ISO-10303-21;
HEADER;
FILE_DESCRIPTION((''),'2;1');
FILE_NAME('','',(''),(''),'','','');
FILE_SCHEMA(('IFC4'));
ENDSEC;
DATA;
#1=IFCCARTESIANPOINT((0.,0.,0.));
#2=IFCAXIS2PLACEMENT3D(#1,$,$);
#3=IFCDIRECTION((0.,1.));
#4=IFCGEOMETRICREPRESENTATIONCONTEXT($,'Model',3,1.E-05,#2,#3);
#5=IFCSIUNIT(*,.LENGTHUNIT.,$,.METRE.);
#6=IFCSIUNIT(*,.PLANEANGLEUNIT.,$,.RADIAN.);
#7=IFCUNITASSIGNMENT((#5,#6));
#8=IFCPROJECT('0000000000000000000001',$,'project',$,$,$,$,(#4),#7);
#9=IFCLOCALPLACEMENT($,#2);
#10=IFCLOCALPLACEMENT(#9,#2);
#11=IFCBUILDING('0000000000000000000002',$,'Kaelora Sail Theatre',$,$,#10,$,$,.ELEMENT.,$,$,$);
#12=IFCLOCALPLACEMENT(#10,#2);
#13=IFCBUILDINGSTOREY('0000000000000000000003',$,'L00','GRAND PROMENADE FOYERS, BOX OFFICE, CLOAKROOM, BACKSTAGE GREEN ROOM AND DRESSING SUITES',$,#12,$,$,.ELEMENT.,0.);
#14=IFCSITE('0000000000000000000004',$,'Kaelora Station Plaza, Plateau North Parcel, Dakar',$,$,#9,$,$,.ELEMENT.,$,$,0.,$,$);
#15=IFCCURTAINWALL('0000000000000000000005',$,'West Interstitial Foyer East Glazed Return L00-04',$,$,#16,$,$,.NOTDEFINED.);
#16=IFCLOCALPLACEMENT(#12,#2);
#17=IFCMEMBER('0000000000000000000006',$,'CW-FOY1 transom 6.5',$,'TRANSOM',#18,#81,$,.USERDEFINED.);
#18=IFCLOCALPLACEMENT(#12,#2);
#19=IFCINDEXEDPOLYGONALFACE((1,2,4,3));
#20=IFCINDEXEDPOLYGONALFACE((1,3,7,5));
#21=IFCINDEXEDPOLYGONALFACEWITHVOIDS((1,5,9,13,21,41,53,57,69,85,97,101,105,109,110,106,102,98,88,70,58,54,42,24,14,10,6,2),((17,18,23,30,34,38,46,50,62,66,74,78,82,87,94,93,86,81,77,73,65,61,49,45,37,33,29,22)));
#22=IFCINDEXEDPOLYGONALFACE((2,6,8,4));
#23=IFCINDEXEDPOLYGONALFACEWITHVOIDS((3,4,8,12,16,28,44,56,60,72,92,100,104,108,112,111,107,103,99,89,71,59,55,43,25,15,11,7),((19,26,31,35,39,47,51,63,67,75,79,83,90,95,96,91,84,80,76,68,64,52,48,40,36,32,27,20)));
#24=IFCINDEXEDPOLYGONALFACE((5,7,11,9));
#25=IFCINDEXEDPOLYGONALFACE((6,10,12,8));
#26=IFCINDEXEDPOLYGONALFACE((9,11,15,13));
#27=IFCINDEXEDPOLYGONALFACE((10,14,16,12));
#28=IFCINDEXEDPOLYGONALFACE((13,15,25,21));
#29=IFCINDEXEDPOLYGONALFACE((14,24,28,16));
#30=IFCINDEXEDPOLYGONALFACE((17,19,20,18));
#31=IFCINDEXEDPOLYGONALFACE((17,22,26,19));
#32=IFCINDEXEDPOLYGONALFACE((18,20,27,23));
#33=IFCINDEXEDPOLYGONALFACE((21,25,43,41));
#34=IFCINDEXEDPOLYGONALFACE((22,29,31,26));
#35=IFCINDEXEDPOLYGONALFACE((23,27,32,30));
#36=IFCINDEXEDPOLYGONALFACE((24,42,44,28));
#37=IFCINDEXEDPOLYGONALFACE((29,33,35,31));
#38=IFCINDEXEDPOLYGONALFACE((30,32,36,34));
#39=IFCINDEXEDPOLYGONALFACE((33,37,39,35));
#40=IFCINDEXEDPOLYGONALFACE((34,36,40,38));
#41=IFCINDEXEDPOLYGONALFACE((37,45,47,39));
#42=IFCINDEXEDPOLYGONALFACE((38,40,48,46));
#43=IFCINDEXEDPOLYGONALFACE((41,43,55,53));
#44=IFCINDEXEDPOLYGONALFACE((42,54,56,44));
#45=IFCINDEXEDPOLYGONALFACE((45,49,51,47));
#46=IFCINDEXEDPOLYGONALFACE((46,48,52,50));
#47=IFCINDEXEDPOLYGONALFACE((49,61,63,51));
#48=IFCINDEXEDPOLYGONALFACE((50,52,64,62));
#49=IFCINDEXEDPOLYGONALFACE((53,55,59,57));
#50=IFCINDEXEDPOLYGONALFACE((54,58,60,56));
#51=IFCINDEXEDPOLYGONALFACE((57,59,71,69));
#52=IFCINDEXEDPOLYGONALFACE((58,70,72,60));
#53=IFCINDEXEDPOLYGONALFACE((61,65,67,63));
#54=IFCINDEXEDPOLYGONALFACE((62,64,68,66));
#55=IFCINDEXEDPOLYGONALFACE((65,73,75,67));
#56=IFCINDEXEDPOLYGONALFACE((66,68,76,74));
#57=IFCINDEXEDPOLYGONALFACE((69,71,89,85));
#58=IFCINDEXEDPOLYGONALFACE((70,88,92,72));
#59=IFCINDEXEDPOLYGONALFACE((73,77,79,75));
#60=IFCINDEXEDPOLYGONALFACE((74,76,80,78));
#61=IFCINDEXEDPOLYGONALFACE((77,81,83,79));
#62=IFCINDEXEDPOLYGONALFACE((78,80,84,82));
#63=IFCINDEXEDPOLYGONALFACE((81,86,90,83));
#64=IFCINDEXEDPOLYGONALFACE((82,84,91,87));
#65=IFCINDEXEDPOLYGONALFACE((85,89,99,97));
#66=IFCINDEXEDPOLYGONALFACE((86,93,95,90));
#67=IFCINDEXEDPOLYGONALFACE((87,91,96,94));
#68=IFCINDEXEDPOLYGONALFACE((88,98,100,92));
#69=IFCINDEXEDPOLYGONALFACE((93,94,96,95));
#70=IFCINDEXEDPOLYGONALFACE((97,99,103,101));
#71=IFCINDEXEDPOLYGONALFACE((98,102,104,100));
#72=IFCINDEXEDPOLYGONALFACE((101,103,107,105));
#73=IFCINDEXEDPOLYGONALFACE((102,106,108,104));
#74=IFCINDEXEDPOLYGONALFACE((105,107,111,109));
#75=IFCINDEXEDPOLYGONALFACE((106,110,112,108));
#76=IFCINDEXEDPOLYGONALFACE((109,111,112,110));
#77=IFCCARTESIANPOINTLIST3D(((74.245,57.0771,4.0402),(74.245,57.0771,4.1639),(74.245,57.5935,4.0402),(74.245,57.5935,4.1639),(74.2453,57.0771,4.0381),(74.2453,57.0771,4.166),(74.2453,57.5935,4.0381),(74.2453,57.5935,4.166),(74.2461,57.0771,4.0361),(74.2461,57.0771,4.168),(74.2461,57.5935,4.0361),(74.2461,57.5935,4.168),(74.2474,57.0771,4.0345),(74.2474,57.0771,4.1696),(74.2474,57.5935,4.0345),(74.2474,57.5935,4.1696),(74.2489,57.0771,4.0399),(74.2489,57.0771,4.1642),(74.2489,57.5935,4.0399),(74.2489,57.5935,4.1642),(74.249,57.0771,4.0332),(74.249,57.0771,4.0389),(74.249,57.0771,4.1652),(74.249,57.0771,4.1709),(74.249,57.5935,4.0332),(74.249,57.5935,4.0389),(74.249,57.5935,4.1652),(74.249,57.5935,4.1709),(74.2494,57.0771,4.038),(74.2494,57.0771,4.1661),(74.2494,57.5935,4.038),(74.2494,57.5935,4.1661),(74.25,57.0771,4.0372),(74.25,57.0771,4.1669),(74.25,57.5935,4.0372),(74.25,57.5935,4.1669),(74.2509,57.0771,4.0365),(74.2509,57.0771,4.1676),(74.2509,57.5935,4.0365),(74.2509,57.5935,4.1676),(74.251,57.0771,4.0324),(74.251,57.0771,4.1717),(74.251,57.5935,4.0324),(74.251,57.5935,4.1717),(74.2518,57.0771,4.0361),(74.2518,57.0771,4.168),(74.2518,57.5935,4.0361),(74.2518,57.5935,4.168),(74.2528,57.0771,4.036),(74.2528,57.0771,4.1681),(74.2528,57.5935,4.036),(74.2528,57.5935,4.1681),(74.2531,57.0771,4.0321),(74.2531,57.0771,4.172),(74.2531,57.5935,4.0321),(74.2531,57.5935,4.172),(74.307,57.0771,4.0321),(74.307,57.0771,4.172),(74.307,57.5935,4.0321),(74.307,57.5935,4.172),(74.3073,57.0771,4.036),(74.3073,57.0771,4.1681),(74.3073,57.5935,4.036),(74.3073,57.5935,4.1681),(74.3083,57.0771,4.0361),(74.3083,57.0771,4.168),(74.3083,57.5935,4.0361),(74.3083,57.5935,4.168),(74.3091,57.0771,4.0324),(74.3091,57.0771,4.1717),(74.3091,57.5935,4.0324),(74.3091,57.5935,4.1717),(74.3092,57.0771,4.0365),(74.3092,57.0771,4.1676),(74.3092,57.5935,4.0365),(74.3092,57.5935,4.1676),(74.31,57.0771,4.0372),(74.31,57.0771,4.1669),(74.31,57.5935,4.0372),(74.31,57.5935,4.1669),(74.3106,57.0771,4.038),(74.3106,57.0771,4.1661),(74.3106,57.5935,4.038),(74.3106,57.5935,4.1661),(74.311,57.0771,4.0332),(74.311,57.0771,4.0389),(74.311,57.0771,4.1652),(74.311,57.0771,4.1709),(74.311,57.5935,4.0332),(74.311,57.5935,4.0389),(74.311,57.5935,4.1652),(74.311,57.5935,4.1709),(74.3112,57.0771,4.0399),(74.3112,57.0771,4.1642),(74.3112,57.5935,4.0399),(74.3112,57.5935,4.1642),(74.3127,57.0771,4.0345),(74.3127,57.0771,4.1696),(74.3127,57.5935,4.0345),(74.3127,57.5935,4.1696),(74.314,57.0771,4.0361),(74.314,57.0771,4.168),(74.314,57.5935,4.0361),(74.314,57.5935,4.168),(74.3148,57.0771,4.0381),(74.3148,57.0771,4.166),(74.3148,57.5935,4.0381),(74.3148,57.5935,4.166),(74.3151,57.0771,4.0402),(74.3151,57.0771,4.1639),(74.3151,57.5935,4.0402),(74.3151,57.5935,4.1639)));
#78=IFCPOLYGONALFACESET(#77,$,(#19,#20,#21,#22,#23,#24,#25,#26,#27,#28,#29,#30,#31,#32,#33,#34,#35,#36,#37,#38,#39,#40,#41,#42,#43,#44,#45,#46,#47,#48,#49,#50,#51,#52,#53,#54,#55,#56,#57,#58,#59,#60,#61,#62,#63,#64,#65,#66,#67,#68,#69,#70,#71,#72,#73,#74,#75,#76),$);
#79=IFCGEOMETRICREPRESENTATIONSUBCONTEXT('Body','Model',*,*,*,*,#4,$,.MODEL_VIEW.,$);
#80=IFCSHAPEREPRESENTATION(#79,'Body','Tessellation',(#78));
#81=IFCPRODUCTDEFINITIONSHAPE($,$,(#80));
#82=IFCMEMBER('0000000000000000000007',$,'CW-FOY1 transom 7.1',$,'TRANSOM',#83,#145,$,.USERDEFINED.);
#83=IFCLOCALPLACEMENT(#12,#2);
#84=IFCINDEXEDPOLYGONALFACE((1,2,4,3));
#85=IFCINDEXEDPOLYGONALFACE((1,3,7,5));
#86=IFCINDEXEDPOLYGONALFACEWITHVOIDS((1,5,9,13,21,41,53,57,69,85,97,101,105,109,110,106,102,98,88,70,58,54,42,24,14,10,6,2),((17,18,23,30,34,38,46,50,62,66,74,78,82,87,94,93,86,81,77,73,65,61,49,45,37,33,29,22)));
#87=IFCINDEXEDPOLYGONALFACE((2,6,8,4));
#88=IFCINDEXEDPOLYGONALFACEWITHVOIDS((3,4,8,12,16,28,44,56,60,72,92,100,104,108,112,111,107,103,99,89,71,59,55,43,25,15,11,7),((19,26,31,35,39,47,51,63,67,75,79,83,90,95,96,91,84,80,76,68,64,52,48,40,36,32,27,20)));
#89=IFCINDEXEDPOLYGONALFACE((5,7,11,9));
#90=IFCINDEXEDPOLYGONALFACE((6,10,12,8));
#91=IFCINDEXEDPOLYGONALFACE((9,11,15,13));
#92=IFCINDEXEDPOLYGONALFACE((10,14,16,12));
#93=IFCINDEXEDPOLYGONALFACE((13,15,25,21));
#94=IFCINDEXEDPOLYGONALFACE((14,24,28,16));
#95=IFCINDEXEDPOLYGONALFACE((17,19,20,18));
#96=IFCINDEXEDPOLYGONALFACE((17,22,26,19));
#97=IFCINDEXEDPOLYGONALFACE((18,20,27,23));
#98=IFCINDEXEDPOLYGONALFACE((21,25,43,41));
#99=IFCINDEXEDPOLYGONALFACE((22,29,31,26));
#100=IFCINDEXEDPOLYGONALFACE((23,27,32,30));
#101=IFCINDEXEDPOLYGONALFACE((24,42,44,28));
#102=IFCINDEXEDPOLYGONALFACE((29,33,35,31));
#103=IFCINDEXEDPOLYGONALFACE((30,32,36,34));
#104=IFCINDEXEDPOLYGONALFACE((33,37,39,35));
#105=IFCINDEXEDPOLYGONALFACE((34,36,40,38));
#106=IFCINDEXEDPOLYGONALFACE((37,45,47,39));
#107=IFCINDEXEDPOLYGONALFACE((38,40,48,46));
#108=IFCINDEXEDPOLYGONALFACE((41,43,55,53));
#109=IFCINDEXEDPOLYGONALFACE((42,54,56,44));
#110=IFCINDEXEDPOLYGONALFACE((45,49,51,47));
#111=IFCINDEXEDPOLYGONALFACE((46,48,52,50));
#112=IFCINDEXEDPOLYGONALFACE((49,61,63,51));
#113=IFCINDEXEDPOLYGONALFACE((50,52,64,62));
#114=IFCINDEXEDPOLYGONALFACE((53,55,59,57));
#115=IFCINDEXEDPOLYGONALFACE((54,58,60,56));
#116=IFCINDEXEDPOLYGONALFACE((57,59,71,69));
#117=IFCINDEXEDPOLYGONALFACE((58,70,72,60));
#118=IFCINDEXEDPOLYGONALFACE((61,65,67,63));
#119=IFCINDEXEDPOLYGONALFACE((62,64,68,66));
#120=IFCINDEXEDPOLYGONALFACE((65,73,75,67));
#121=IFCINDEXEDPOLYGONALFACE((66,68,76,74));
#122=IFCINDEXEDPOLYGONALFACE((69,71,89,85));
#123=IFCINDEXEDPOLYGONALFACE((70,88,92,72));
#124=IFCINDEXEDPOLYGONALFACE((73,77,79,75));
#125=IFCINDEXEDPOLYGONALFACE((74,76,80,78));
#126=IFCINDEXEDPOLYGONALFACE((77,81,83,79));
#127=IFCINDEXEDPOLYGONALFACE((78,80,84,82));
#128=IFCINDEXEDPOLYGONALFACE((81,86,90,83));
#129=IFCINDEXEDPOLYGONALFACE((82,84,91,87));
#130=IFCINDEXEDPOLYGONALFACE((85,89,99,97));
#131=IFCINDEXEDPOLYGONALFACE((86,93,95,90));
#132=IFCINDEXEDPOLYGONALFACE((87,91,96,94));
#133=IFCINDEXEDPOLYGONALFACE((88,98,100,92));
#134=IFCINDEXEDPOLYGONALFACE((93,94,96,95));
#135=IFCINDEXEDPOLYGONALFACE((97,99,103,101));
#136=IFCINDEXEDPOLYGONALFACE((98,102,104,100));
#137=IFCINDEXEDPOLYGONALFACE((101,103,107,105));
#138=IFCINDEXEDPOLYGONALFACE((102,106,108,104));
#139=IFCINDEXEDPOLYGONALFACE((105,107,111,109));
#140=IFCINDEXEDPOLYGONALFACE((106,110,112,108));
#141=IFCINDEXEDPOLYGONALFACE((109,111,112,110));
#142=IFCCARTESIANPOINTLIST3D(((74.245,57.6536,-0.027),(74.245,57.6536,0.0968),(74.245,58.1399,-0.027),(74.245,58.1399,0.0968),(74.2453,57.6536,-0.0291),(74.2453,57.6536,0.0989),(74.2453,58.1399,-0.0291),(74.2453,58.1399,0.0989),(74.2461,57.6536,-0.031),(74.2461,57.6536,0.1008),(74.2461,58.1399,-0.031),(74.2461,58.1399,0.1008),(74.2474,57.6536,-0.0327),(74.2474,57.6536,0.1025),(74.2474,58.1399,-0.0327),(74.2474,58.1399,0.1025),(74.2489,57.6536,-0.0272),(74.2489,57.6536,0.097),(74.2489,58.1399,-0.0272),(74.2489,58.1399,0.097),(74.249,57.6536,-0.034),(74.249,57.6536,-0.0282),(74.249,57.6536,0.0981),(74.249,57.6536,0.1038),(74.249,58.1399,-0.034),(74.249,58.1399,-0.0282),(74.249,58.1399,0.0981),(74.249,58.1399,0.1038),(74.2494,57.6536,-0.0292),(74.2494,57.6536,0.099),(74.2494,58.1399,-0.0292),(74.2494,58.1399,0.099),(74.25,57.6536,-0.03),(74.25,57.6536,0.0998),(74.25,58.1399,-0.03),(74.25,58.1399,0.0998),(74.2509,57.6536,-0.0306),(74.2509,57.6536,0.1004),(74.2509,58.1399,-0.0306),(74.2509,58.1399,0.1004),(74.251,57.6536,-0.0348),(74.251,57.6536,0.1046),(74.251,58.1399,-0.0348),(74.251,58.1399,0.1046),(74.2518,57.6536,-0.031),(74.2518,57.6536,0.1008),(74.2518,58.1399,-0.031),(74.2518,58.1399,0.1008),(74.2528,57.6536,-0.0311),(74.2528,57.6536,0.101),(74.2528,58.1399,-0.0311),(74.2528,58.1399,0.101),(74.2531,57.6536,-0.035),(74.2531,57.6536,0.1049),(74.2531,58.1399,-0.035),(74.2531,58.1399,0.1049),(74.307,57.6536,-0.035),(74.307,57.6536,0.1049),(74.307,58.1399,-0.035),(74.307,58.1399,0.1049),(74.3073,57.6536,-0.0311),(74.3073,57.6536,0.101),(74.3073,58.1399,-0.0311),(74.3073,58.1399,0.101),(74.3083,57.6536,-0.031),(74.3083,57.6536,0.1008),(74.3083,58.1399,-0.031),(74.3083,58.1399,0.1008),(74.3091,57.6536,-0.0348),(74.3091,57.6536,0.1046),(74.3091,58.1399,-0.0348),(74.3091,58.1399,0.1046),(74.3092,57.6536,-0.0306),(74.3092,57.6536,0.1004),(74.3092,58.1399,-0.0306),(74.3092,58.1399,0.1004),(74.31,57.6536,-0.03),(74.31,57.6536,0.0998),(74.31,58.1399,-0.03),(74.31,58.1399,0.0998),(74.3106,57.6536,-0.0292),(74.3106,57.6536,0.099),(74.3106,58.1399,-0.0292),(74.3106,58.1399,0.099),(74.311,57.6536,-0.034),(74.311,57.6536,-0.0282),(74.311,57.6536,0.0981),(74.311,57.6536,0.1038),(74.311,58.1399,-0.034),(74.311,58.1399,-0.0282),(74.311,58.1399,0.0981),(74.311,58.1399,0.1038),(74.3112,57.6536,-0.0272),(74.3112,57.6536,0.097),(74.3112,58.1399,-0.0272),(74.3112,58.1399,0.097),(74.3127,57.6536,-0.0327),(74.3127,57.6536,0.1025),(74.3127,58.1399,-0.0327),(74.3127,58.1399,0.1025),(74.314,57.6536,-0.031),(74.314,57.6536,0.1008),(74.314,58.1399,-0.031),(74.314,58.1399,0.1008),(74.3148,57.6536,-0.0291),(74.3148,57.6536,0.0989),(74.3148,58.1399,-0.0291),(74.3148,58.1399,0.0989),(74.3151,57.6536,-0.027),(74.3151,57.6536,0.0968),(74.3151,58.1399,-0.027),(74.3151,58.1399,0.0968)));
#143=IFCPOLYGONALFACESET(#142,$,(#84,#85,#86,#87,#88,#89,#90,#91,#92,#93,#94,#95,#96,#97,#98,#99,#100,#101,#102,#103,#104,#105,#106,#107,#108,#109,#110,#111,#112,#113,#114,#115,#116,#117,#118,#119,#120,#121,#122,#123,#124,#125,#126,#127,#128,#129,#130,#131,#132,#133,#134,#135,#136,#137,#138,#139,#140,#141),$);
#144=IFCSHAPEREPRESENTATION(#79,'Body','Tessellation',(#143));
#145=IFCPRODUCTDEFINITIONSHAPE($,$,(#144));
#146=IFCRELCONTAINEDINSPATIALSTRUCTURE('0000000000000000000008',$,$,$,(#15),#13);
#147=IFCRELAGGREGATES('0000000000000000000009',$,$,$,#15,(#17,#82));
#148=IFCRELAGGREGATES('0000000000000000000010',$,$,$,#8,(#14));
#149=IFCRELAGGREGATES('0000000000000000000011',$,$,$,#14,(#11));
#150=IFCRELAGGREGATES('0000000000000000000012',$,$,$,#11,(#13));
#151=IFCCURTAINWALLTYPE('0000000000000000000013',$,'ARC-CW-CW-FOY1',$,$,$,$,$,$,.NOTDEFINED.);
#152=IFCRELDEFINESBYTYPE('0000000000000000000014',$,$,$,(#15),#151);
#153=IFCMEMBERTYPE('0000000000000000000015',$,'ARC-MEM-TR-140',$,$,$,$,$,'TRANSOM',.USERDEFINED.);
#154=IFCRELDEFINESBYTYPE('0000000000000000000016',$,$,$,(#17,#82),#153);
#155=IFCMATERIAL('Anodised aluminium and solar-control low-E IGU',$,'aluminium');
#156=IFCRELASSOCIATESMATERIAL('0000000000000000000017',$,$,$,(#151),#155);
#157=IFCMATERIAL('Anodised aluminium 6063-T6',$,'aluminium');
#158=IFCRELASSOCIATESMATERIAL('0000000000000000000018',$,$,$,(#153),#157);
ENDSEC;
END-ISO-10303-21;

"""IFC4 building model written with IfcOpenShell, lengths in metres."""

from ifc_helpers import new_model, si_unit, direction, frame, origin, origin_2d, place, context, subcontext, project, spatial, hollow_rectangle, extrude, material, material_profile, profile_set, type_object, element, aggregate, save


model = new_model("IFC4")

# Units and contexts
model_context = context("Model", 3, precision=1e-05, world=origin(), true_north=direction((0.0, 1.0)))
body_context = subcontext(model_context, "Body", "Model", "MODEL_VIEW")
ifc_project = project(units=[si_unit("LENGTHUNIT", "METRE"), si_unit("PLANEANGLEUNIT", "RADIAN")], contexts=[model_context])

# Site, building, storey
site_placement = place(None, origin())
site = spatial("IfcSite", under=ifc_project, at=site_placement, Name="Kaelora Station Plaza, Plateau North Parcel, Dakar", CompositionType="ELEMENT", RefElevation=0.0)
building_placement = place(site_placement, origin())
building = spatial("IfcBuilding", under=site, at=building_placement, Name="Kaelora Sail Theatre", CompositionType="ELEMENT")
storey_placement = place(building_placement, origin())
storey = spatial("IfcBuildingStorey", under=building, at=storey_placement, Name="L00", Description="GRAND PROMENADE FOYERS, BOX OFFICE, CLOAKROOM, BACKSTAGE GREEN ROOM AND DRESSING SUITES", CompositionType="ELEMENT", Elevation=0.0)

# Curtain wall
ifc_material_1 = material(Name="Anodised aluminium and solar-control low-E IGU", Category="aluminium")
curtain_wall_type = type_object("IfcCurtainWallType", Name="ARC-CW-CW-FOY1", PredefinedType="NOTDEFINED", material=ifc_material_1)
curtain_wall_placement = place(storey_placement, origin())
curtain_wall = element("IfcCurtainWall", 1, at=curtain_wall_placement, inside=storey, type_object=curtain_wall_type, Name="West Interstitial Foyer East Glazed Return L00-04", PredefinedType="NOTDEFINED")

# Members
ifc_material_2 = material(Name="Anodised aluminium 6063-T6", Category="aluminium")
ifc_material_profile_1 = material_profile(ifc_material_2, hollow_rectangle(XDim=0.0701, YDim=0.1399, WallThickness=0.0039, InnerFilletRadius=0.0039, OuterFilletRadius=0.0081, at=origin_2d()), Name="ALU-TRAN 70x140x4")
ifc_profile_set_1 = profile_set([ifc_material_profile_1], Name="Anodised aluminium 6063-T6")
member_type_1 = type_object("IfcMemberType", Name="ARC-MEM-TR-140", ElementType="TRANSOM", PredefinedType="USERDEFINED", material=ifc_profile_set_1)
member_1_placement = place(storey_placement, frame((74.28, 57.0771, 4.1021), z_axis=(0.0, 1.0, 0.0), x_axis=(-1.0, 0.0, 0.0)))
member_1 = element("IfcMember", 2, at=member_1_placement, type_object=member_type_1, Name="CW-FOY1 transom 6.5", ObjectType="TRANSOM", PredefinedType="USERDEFINED", context=body_context, shape_type="SweptSolid", body=[
    extrude(hollow_rectangle(XDim=0.0701, YDim=0.1399, WallThickness=0.0039, InnerFilletRadius=0.0039, OuterFilletRadius=0.0081, at=origin_2d()), origin(), (0.0, 0.0, 1.0), 0.5164),
])
member_2_placement = place(storey_placement, frame((74.28, 57.6536, 0.0349), z_axis=(0.0, 1.0, 0.0), x_axis=(-1.0, 0.0, 0.0)))
member_2 = element("IfcMember", 3, at=member_2_placement, type_object=member_type_1, Name="CW-FOY1 transom 7.1", ObjectType="TRANSOM", PredefinedType="USERDEFINED", context=body_context, shape_type="SweptSolid", body=[
    extrude(hollow_rectangle(XDim=0.0701, YDim=0.1399, WallThickness=0.0039, InnerFilletRadius=0.0039, OuterFilletRadius=0.0081, at=origin_2d()), origin(), (0.0, 0.0, 1.0), 0.4863),
])

aggregate(curtain_wall, [member_1, member_2])

save(model, "model.ifc")
